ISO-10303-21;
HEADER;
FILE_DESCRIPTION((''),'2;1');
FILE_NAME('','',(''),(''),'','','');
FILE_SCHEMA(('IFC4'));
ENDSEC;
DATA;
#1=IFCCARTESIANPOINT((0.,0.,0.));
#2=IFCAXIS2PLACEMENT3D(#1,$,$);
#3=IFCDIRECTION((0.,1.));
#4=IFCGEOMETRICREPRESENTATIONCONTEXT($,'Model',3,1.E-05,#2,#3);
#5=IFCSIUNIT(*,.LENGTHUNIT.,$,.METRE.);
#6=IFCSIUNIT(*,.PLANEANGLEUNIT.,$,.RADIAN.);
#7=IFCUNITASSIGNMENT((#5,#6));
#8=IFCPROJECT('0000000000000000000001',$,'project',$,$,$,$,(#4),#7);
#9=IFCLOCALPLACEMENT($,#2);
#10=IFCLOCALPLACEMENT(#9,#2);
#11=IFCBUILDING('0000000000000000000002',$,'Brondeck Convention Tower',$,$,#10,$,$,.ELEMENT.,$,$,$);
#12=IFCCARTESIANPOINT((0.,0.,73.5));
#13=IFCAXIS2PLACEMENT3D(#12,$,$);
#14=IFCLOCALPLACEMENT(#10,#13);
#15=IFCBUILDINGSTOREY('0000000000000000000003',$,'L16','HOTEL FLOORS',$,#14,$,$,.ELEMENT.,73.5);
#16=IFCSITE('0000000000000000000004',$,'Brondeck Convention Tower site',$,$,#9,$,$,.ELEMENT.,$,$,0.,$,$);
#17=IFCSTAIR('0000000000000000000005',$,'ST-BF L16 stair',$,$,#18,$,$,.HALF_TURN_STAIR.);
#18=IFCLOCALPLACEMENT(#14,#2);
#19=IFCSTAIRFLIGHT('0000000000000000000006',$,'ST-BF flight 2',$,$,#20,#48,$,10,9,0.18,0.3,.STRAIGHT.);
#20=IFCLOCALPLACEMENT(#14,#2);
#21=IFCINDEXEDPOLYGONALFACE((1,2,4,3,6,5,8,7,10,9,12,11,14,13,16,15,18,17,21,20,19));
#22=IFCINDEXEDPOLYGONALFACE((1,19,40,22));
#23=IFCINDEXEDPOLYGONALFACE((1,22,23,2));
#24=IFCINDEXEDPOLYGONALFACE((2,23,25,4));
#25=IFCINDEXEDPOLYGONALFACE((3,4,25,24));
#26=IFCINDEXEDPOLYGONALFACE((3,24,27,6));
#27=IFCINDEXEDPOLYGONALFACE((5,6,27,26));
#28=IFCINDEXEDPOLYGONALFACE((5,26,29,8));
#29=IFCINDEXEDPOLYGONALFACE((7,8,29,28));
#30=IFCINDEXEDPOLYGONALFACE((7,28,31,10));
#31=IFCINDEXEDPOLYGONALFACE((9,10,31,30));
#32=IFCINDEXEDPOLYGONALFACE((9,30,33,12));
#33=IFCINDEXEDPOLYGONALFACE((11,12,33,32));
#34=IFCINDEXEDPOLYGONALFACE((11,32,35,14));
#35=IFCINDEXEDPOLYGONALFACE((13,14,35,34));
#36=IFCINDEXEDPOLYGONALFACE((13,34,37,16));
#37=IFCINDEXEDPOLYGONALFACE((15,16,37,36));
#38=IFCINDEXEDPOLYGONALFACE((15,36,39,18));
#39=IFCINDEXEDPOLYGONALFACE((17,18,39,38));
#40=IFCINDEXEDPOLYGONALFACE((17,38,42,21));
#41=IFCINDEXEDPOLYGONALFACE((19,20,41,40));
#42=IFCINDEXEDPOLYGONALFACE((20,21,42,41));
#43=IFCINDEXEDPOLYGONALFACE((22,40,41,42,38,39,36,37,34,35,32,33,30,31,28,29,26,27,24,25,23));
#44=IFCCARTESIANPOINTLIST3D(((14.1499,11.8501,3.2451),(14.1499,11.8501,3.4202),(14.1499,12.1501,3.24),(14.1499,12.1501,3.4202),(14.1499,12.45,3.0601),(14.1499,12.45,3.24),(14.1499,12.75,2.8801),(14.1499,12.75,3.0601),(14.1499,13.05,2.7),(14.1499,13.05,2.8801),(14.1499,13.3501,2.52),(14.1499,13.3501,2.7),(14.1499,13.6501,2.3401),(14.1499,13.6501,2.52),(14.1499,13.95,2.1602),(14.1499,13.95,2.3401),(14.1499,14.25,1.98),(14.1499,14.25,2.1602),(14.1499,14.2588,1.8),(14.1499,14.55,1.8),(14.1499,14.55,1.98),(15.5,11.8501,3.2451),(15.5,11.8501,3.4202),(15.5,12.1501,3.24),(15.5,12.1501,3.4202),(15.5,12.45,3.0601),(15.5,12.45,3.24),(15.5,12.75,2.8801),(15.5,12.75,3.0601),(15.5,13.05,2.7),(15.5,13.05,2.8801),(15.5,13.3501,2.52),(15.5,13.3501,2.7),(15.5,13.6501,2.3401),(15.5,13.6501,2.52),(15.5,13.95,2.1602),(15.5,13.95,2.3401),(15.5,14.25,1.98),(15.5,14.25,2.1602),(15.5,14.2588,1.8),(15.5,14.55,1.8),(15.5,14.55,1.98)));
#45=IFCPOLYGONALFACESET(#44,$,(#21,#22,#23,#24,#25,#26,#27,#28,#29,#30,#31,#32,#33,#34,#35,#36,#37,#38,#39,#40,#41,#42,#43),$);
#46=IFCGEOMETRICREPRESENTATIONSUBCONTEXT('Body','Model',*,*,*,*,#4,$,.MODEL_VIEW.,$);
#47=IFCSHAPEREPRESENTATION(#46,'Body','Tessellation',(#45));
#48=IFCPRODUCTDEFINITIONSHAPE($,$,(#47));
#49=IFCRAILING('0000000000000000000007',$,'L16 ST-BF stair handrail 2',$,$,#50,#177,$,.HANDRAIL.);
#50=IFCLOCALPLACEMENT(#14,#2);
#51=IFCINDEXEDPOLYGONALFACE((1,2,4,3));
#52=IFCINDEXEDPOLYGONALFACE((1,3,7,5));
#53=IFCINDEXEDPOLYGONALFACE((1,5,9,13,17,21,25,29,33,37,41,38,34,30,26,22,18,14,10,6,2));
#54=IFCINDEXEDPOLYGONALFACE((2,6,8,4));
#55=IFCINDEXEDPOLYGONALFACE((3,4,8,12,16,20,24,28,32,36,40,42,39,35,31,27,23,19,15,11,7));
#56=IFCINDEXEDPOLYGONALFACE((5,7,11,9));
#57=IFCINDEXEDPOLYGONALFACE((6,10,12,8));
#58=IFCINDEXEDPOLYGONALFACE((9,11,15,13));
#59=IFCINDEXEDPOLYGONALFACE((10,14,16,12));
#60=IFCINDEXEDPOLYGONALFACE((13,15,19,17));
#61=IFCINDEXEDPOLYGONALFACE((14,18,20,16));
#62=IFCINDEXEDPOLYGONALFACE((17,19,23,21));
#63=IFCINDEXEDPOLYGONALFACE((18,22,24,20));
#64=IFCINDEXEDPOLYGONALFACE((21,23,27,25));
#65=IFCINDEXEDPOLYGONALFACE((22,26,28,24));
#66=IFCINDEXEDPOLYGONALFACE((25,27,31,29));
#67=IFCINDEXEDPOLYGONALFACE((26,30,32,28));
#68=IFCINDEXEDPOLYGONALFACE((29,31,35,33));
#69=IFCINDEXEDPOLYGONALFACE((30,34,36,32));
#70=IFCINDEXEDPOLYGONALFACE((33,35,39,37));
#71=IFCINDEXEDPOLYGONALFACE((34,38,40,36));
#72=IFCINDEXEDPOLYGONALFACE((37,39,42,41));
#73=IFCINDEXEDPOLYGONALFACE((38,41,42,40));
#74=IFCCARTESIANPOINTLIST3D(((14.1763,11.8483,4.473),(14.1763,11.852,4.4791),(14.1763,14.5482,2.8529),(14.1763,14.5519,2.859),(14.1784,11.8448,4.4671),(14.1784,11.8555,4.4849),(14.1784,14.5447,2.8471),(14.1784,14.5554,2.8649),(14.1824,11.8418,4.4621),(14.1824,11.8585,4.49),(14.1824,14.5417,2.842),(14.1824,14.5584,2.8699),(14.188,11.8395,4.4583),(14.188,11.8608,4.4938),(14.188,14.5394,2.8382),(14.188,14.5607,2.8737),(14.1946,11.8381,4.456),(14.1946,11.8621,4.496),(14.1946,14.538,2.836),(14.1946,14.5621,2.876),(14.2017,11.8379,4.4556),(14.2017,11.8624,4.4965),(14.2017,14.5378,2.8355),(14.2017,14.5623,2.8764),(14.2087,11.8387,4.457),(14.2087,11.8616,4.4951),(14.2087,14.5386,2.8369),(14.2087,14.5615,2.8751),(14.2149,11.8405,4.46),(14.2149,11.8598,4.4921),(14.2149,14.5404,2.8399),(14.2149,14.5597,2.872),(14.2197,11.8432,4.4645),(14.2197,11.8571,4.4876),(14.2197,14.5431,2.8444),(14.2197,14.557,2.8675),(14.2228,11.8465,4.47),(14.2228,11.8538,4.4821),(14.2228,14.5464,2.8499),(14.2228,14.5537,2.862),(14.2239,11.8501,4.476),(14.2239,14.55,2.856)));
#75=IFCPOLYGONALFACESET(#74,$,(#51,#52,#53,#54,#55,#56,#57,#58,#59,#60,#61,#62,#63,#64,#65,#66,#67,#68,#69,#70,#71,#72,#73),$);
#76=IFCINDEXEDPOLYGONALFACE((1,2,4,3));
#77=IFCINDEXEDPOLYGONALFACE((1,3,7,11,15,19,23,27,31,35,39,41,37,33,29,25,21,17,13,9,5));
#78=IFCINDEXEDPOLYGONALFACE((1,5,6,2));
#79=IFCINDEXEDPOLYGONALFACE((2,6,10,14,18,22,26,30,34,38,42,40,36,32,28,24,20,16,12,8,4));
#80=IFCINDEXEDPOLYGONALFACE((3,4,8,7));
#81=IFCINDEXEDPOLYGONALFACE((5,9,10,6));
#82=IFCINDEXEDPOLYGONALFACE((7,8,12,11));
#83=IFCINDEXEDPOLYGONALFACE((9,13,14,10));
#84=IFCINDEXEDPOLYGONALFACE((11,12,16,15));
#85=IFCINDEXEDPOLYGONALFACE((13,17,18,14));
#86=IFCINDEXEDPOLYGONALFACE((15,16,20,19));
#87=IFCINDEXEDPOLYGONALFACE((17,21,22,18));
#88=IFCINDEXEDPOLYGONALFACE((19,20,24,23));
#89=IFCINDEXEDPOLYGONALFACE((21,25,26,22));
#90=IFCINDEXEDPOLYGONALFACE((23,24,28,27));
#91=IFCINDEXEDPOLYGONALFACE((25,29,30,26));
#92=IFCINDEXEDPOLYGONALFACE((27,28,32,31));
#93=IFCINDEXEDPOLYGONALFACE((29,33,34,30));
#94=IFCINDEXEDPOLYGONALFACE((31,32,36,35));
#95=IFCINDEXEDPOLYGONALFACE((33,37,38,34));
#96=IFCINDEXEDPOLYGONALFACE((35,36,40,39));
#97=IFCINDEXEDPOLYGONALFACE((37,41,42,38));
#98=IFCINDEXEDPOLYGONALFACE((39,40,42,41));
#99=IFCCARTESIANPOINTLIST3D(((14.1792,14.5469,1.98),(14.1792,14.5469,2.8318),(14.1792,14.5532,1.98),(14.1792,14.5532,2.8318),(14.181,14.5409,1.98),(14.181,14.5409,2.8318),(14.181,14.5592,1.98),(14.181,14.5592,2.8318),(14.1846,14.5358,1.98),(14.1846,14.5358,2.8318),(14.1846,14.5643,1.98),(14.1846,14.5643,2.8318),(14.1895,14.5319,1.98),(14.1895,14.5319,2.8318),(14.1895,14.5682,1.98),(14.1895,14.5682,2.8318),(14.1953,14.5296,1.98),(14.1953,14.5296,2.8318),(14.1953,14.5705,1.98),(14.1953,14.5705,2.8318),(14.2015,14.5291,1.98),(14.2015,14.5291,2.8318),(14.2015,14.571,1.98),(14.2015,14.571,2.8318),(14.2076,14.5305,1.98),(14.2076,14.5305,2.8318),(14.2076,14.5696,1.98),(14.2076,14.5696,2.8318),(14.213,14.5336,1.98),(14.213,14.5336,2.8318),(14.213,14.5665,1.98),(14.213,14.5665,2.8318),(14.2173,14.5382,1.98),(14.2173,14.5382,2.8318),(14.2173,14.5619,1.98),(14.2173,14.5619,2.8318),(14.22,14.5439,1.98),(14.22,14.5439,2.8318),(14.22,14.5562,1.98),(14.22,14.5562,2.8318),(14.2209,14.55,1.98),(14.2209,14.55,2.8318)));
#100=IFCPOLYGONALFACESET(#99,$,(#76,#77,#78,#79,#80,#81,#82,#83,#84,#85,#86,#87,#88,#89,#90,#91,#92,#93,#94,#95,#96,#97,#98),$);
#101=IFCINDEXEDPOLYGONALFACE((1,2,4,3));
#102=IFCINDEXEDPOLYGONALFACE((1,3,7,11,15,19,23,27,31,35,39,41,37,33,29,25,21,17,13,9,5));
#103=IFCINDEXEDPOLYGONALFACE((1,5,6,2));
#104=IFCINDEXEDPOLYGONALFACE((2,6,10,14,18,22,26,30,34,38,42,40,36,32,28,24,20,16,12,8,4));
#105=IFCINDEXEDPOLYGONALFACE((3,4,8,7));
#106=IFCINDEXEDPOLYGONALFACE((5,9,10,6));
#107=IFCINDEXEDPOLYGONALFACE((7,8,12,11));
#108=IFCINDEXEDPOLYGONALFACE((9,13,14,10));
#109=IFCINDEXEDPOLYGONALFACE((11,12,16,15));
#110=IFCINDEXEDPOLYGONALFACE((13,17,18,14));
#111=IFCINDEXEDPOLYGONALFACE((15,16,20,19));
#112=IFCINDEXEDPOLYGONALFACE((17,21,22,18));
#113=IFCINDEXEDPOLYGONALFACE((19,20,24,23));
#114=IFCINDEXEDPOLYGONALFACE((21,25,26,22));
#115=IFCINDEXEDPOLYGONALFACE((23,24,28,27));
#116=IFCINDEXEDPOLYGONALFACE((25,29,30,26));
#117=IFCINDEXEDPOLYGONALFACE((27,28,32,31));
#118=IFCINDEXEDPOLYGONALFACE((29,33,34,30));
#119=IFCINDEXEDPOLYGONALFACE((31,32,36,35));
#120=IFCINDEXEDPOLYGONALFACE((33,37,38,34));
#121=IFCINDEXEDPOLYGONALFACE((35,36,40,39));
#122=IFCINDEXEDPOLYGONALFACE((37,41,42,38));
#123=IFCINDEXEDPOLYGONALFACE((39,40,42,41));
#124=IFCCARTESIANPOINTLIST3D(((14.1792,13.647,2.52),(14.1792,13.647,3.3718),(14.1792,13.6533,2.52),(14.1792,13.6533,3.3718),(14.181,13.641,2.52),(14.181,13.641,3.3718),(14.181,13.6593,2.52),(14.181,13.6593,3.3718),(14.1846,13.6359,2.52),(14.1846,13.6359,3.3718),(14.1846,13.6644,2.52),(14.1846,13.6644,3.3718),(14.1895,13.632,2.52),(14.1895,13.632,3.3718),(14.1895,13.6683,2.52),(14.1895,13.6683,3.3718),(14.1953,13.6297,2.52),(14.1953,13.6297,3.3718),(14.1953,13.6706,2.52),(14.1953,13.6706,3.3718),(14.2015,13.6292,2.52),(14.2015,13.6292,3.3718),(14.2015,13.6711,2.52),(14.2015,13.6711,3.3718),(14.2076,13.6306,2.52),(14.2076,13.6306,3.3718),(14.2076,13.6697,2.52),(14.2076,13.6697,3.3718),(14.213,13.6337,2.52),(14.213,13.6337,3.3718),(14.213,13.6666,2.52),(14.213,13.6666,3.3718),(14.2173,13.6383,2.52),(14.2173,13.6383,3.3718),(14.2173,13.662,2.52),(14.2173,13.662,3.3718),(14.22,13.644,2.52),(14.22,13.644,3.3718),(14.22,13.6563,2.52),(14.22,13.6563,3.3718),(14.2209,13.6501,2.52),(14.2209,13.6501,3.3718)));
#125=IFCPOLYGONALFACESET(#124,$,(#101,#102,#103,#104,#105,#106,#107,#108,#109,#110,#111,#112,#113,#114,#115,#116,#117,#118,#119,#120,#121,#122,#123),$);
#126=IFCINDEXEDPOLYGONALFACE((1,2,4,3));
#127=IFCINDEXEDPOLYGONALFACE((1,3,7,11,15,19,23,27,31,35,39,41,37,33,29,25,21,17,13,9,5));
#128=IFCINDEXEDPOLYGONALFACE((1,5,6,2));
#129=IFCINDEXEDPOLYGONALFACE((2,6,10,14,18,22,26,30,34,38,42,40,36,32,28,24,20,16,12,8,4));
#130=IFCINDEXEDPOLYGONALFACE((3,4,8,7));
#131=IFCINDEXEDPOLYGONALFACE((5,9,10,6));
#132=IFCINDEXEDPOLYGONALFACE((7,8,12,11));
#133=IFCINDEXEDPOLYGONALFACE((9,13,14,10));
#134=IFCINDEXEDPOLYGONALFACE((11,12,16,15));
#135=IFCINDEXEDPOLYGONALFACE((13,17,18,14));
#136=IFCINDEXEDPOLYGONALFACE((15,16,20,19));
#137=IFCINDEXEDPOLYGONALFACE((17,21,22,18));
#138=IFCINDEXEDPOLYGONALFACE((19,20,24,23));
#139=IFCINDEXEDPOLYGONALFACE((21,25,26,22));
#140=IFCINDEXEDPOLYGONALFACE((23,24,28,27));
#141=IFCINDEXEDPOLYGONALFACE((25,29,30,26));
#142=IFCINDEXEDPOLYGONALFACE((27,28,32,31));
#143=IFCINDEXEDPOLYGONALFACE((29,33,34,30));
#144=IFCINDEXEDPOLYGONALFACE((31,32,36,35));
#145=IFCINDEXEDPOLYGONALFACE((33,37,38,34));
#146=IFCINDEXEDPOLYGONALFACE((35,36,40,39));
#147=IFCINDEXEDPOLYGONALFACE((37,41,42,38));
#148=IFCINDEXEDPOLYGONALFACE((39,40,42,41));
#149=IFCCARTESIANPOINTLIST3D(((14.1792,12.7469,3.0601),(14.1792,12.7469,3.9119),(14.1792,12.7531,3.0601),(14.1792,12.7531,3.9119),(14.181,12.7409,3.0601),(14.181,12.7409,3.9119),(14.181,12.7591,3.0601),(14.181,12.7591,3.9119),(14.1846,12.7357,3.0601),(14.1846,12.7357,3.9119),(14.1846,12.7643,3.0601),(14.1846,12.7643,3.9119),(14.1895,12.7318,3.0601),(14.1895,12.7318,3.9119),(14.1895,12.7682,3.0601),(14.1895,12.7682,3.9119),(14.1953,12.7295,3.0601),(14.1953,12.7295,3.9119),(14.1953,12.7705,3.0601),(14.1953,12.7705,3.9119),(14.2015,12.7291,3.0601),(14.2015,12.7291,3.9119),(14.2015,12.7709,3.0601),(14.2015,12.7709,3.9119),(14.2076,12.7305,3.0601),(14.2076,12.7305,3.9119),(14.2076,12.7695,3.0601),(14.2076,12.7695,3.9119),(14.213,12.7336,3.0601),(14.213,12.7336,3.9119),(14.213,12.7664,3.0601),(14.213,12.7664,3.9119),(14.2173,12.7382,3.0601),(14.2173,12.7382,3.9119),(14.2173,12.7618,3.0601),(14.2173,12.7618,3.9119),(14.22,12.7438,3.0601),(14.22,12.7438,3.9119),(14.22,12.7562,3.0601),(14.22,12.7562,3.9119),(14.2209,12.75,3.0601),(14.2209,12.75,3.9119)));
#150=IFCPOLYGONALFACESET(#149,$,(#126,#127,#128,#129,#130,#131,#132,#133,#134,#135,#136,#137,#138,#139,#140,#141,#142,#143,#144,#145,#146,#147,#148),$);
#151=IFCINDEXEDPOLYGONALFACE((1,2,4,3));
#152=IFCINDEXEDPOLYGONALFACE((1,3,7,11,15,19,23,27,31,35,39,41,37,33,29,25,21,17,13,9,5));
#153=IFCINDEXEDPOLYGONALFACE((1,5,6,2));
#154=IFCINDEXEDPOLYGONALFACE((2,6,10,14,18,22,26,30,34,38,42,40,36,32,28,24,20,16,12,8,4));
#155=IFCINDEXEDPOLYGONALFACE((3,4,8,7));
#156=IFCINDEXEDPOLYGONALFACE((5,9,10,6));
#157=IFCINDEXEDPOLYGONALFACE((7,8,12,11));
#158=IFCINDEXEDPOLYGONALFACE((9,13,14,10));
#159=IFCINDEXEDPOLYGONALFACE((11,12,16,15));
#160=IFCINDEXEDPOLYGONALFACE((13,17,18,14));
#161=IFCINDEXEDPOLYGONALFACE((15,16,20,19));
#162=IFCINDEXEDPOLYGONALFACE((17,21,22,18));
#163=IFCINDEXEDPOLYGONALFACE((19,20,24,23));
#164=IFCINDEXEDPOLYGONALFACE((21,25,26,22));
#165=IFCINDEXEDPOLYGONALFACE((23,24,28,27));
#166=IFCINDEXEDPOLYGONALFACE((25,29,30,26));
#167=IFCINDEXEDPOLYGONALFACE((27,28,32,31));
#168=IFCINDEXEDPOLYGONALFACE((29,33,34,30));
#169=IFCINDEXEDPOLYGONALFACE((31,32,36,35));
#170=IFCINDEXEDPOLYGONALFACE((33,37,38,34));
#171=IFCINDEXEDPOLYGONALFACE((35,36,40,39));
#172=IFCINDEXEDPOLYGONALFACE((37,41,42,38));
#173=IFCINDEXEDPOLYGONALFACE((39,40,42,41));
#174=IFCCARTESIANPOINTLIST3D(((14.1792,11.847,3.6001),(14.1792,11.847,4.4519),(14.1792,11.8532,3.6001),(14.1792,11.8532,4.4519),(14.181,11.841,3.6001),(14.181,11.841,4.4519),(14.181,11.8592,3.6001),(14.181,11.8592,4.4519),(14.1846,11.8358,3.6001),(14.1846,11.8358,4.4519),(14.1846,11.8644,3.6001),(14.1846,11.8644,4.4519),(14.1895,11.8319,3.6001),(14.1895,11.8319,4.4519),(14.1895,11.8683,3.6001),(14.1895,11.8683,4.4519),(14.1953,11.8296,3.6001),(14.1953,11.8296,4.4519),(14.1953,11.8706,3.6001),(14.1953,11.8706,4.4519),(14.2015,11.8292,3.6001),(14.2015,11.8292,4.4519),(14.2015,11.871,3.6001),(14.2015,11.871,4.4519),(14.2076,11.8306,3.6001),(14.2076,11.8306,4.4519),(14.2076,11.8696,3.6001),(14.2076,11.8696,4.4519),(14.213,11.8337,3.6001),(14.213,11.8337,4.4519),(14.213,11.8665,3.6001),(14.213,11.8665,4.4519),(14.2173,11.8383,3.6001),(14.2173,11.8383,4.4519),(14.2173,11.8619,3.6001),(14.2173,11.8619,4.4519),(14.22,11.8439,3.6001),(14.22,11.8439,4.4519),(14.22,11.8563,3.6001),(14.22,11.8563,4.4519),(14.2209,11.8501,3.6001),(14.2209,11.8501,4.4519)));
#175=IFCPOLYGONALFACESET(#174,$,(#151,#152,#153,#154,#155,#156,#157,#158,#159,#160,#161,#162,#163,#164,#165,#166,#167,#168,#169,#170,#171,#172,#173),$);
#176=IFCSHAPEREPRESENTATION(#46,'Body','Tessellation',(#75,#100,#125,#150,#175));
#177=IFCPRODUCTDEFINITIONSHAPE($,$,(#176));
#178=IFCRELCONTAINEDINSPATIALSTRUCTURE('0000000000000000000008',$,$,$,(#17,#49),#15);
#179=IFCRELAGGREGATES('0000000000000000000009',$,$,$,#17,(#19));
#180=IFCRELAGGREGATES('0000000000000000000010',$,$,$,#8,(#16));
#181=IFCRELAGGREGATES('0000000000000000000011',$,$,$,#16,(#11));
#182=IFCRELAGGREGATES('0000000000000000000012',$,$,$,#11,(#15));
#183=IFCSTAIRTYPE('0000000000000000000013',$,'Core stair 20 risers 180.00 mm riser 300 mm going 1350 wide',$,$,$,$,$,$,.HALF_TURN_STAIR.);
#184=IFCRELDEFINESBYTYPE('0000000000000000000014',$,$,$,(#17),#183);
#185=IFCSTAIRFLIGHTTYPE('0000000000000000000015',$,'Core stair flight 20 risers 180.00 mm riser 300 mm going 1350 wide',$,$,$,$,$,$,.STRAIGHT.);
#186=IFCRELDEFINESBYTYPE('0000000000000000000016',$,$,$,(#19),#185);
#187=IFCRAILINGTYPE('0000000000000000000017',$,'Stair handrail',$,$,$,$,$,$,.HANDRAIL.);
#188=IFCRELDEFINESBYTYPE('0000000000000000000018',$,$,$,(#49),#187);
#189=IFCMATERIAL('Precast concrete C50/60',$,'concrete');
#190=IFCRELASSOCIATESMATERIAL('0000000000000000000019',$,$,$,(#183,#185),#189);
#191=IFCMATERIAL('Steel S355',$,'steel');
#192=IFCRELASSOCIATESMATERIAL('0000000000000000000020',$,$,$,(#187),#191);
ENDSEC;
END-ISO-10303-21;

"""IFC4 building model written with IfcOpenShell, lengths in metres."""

from ifc_helpers import new_model, si_unit, direction, frame, origin, origin_2d, place, context, subcontext, project, spatial, polyline, circle, outline, extrude, material, type_object, element, aggregate, save


model = new_model("IFC4")

# Units and contexts
model_context = context("Model", 3, precision=1e-05, world=origin(), true_north=direction((0.0, 1.0)))
body_context = subcontext(model_context, "Body", "Model", "MODEL_VIEW")
ifc_project = project(units=[si_unit("LENGTHUNIT", "METRE"), si_unit("PLANEANGLEUNIT", "RADIAN")], contexts=[model_context])

# Site, building, storey
site_placement = place(None, origin())
site = spatial("IfcSite", under=ifc_project, at=site_placement, Name="Brondeck Convention Tower site", CompositionType="ELEMENT", RefElevation=0.0)
building_placement = place(site_placement, origin())
building = spatial("IfcBuilding", under=site, at=building_placement, Name="Brondeck Convention Tower", CompositionType="ELEMENT")
storey_placement = place(building_placement, frame((0.0, 0.0, 73.5)))
storey = spatial("IfcBuildingStorey", under=building, at=storey_placement, Name="L16", Description="HOTEL FLOORS", CompositionType="ELEMENT", Elevation=73.5)

# Shared definitions
ifc_material_1 = material(Name="Steel S355", Category="steel")

# Stair, stair flight
ifc_material_2 = material(Name="Precast concrete C50/60", Category="concrete")
stair_type = type_object("IfcStairType", Name="Core stair 20 risers 180.00 mm riser 300 mm going 1350 wide", PredefinedType="HALF_TURN_STAIR", material=ifc_material_2)
stair_placement = place(storey_placement, origin())
stair = element("IfcStair", 1, at=stair_placement, inside=storey, type_object=stair_type, Name="ST-BF L16 stair", PredefinedType="HALF_TURN_STAIR")
stair_flight_type = type_object("IfcStairFlightType", Name="Core stair flight 20 risers 180.00 mm riser 300 mm going 1350 wide", PredefinedType="STRAIGHT", material=ifc_material_2)
stair_flight_placement = place(storey_placement, frame((14.825, 14.55, 1.8), z_axis=(0.0, 0.0, 1.0), x_axis=(0.0, -1.0, 0.0)))
stair_flight = element("IfcStairFlight", 2, at=stair_flight_placement, type_object=stair_flight_type, Name="ST-BF flight 2", NumberOfRisers=10, NumberOfTreads=9, PredefinedType="STRAIGHT", RiserHeight=0.18, TreadLength=0.3, context=body_context, shape_type="SweptSolid", body=[
    extrude(outline(polyline([(0.0, 0.0), (0.0, 0.1799), (0.3, 0.1799), (0.3, 0.3601), (0.6001, 0.3601), (0.6001, 0.54), (0.8999, 0.54), (0.8999, 0.72), (1.2, 0.72), (1.2, 0.8999), (1.5, 0.8999), (1.5, 1.0801), (1.8, 1.0801), (1.8, 1.26), (2.1001, 1.26), (2.1001, 1.4399), (2.3999, 1.4399), (2.3999, 1.6201), (2.7, 1.6201), (2.7, 1.8), (2.7, 1.4451), (0.2913, 0.0), (0.0, 0.0)])), frame((0.0, 0.675, 0.0), z_axis=(0.0, -1.0, 0.0), x_axis=(1.0, 0.0, 0.0)), (0.0, 0.0, 1.0), 1.3501),
])
aggregate(stair, [stair_flight])

# Railing
railing_type = type_object("IfcRailingType", Name="Stair handrail", PredefinedType="HANDRAIL", material=ifc_material_1)
railing_placement = place(storey_placement, frame((14.2, 14.55, 1.98)))
element("IfcRailing", 3, at=railing_placement, inside=storey, type_object=railing_type, Name="L16 ST-BF stair handrail 2", PredefinedType="HANDRAIL", context=body_context, shape_type="SweptSolid", body=[
    extrude(circle(Radius=0.0239, at=origin_2d()), frame((0.0, 0.0, 0.876), z_axis=(0.0, -0.857472, 0.51453), x_axis=(1.0, 0.0, 0.0)), (0.0, 0.0, 1.0), 3.1487),
    extrude(circle(Radius=0.021, at=origin_2d()), origin(), (0.0, 0.0, 1.0), 0.8518),
    extrude(circle(Radius=0.021, at=origin_2d()), frame((0.0, -0.8999, 0.54)), (0.0, 0.0, 1.0), 0.8518),
    extrude(circle(Radius=0.021, at=origin_2d()), frame((0.0, -1.8, 1.0801)), (0.0, 0.0, 1.0), 0.8518),
    extrude(circle(Radius=0.021, at=origin_2d()), frame((0.0, -2.7, 1.6201)), (0.0, 0.0, 1.0), 0.8518),
])

save(model, "model.ifc")
